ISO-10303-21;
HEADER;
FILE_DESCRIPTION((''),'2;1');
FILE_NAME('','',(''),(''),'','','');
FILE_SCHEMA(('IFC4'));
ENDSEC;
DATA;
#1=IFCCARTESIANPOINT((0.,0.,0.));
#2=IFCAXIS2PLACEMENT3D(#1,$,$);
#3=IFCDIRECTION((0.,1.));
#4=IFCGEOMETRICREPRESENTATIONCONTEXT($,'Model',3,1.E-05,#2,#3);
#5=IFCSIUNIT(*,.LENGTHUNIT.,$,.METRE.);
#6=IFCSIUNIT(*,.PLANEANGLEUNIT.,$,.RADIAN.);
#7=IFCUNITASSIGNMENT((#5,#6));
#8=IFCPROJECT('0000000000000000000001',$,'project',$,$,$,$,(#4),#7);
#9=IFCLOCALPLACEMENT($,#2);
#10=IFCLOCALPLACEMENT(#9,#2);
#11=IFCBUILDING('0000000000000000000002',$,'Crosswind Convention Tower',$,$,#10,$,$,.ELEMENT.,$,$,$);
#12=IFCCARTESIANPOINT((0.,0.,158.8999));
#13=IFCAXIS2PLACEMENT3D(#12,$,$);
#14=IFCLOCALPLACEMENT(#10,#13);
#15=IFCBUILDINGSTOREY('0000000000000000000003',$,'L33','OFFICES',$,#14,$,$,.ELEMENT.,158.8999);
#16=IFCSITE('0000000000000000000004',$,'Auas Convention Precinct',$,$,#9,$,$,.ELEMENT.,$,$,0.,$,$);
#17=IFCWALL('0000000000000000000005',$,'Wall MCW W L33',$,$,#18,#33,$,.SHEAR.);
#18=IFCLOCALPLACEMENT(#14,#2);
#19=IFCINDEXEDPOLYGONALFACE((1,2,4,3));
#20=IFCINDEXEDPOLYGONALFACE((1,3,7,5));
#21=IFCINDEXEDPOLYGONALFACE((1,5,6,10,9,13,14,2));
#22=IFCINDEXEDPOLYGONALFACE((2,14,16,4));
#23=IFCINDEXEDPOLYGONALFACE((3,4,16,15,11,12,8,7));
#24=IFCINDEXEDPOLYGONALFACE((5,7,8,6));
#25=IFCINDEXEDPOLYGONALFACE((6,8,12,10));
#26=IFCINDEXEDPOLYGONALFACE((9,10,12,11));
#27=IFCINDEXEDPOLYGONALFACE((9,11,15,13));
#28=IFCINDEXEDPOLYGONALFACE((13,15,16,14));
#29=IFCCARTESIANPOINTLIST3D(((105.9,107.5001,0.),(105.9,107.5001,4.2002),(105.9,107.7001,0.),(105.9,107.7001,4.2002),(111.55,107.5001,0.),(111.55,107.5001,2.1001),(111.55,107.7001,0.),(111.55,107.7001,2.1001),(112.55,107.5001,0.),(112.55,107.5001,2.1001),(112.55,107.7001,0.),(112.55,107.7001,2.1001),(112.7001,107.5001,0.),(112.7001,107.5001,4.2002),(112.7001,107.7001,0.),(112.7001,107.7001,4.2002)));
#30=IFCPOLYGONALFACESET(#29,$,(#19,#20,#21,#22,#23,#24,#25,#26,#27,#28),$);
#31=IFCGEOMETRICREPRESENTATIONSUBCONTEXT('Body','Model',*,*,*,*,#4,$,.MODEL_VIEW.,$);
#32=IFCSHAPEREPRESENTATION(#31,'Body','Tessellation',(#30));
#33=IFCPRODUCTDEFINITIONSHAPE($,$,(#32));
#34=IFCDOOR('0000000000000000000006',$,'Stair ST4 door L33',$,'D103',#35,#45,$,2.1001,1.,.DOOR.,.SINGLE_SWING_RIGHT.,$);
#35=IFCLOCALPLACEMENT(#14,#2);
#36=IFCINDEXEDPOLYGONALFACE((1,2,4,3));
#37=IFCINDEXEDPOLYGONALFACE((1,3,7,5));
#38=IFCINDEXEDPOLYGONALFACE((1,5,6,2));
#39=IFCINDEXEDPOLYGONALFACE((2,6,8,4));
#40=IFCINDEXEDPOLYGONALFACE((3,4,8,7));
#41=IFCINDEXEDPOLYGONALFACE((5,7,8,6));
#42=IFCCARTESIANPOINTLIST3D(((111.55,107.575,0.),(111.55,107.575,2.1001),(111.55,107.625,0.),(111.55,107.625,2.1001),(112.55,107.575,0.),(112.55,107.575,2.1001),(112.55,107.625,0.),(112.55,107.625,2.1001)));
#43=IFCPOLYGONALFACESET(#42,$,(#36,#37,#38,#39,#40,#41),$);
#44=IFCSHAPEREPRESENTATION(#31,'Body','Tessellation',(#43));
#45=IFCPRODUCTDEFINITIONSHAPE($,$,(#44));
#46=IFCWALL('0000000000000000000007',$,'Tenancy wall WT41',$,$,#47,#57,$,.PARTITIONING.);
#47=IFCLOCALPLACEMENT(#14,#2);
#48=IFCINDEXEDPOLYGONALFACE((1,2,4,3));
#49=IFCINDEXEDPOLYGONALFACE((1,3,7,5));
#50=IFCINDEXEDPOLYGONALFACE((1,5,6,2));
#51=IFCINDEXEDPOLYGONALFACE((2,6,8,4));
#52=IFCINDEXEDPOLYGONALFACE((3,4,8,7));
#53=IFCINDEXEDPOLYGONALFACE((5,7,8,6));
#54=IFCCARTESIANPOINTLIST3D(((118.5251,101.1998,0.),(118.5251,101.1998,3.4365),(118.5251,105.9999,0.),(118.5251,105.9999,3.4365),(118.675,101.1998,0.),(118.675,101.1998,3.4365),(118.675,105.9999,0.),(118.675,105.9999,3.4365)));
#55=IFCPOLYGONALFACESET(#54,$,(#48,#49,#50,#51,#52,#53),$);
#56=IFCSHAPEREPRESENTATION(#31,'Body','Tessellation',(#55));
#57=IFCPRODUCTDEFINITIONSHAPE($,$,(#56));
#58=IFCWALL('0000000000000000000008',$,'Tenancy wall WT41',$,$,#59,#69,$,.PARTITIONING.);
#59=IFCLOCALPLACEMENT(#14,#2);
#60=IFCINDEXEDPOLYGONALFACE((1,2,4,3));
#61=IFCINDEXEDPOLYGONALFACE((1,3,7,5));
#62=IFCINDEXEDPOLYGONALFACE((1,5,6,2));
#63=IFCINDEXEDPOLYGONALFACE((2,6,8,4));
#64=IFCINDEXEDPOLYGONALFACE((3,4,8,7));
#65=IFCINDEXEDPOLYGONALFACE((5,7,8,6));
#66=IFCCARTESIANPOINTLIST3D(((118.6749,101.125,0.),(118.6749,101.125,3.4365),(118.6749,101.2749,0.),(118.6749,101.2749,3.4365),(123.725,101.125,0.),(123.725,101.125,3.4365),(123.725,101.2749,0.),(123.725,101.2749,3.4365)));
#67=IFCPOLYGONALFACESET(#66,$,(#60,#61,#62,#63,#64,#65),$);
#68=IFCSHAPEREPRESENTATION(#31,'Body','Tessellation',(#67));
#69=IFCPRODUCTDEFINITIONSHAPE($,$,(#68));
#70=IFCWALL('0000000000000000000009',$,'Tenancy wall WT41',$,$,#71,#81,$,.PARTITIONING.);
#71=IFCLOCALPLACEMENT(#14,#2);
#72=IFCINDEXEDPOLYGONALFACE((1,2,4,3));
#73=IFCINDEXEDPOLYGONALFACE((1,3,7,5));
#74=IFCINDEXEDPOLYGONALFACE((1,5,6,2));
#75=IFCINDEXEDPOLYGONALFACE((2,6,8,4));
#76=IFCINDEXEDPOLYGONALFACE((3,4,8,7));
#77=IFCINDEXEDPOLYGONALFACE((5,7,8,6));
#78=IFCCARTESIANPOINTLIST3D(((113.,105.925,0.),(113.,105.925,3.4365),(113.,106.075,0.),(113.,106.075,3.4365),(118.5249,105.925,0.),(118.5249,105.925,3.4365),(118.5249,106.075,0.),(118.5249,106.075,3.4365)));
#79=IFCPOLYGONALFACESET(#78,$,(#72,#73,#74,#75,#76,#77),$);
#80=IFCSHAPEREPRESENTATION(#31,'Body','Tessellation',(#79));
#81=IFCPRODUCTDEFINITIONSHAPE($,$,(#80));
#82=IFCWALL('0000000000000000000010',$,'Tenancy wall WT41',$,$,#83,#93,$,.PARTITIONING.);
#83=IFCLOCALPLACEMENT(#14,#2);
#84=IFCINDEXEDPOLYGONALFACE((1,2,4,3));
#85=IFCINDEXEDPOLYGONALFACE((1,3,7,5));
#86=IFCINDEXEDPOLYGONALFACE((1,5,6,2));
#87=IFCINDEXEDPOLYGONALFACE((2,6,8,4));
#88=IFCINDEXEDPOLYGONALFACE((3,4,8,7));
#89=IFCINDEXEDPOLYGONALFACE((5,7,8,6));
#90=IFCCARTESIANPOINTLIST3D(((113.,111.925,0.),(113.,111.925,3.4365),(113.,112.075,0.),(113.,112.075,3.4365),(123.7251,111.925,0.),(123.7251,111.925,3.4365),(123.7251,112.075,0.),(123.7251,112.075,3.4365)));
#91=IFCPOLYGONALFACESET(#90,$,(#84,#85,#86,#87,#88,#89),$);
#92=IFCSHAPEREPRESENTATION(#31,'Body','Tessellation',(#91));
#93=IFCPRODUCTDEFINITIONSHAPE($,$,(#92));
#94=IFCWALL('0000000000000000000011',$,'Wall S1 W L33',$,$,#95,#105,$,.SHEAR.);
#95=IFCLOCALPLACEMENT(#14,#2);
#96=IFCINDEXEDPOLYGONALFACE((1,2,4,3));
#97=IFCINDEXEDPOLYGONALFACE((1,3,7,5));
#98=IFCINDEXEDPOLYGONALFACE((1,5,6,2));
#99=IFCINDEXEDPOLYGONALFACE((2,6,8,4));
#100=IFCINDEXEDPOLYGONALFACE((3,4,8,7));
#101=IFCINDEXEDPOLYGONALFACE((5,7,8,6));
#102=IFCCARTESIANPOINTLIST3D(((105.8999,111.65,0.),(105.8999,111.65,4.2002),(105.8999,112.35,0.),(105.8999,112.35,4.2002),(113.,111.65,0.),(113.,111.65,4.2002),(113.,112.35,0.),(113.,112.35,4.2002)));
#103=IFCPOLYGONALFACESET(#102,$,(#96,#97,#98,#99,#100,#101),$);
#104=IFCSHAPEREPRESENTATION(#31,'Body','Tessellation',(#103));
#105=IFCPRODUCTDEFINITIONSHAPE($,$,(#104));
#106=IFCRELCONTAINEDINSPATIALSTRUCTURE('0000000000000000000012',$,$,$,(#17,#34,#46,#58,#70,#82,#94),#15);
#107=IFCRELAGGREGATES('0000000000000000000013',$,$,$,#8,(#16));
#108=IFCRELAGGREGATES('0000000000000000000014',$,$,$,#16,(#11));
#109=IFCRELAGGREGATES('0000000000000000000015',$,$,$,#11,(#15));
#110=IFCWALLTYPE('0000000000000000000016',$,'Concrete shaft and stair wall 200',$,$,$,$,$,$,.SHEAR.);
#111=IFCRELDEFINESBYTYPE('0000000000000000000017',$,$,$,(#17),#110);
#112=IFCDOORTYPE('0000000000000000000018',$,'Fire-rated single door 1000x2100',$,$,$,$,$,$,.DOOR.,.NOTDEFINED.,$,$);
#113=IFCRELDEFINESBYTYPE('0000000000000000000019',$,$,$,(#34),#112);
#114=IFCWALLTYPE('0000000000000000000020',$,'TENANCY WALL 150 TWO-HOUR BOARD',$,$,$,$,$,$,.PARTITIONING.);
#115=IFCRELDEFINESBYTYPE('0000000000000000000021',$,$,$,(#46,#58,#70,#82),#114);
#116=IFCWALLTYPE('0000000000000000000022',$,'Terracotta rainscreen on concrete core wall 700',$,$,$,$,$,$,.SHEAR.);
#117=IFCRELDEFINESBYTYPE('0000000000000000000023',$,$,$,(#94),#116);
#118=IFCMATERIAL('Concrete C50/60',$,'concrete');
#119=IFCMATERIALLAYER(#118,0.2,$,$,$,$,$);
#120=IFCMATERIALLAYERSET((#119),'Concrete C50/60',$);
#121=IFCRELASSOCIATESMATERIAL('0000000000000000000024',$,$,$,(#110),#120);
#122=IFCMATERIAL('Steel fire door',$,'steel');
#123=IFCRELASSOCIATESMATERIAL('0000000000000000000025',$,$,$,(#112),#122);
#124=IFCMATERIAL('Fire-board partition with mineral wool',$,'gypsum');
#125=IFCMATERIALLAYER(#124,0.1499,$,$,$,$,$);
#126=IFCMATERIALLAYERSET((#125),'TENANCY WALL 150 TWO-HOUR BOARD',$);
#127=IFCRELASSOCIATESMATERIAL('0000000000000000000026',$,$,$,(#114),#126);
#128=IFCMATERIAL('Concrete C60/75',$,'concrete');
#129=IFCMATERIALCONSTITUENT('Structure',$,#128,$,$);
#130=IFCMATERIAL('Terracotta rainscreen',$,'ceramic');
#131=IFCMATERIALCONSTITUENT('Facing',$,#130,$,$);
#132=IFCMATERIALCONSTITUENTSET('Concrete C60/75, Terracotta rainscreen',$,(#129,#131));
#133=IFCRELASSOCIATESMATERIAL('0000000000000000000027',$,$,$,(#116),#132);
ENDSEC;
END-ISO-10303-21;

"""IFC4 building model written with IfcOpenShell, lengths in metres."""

from ifc_helpers import new_model, si_unit, direction, frame, frame_2d, origin, place, context, subcontext, project, spatial, rectangle, extrude, material, layer, layer_set, constituent, constituent_set, type_object, element, fill, save


model = new_model("IFC4")

# Units and contexts
model_context = context("Model", 3, precision=1e-05, world=origin(), true_north=direction((0.0, 1.0)))
body_context = subcontext(model_context, "Body", "Model", "MODEL_VIEW")
ifc_project = project(units=[si_unit("LENGTHUNIT", "METRE"), si_unit("PLANEANGLEUNIT", "RADIAN")], contexts=[model_context])

# Site, building, storey
site_placement = place(None, origin())
site = spatial("IfcSite", under=ifc_project, at=site_placement, Name="Auas Convention Precinct", CompositionType="ELEMENT", RefElevation=0.0)
building_placement = place(site_placement, origin())
building = spatial("IfcBuilding", under=site, at=building_placement, Name="Crosswind Convention Tower", CompositionType="ELEMENT")
storey_placement = place(building_placement, frame((0.0, 0.0, 158.8999)))
storey = spatial("IfcBuildingStorey", under=building, at=storey_placement, Name="L33", Description="OFFICES", CompositionType="ELEMENT", Elevation=158.8999)

# Shared definitions
ifc_material_1 = material(Name="Concrete C50/60", Category="concrete")

# Wall, opening, door
ifc_layer_1 = layer(ifc_material_1, 0.2)
ifc_layer_set_1 = layer_set([ifc_layer_1], Name="Concrete C50/60")
wall_type_1 = type_object("IfcWallType", Name="Concrete shaft and stair wall 200", PredefinedType="SHEAR", material=ifc_layer_set_1)
ifc_material_2 = material(Name="Steel fire door", Category="steel")
wall_1_placement = place(storey_placement, frame((112.7, 107.6001, 0.0), z_axis=(0.0, 0.0, 1.0), x_axis=(-1.0, 0.0, 0.0)))
wall_1 = element("IfcWall", 1, at=wall_1_placement, inside=storey, type_object=wall_type_1, Name="Wall MCW W L33", PredefinedType="SHEAR", context=body_context, shape_type="SweptSolid", body=[
    extrude(rectangle(XDim=6.8, YDim=0.2, at=frame_2d((3.3999, 0.0))), origin(), (0.0, 0.0, 1.0), 4.2002),
])
opening_1_placement = place(wall_1_placement, frame((0.1499, 0.0, 0.0)))
opening_1 = element("IfcOpeningElement", 2, at=opening_1_placement, cuts=wall_1, PredefinedType="OPENING", context=body_context, shape_type="SweptSolid", body=[
    extrude(rectangle(XDim=1.0, YDim=2.1001, at=frame_2d((0.5, 1.05))), frame((0.0, 0.1099, 0.0), z_axis=(0.0, -1.0, 0.0), x_axis=(1.0, 0.0, 0.0)), (0.0, 0.0, 1.0), 0.22),
])
door_type_1 = type_object("IfcDoorType", Name="Fire-rated single door 1000x2100", OperationType="NOTDEFINED", PredefinedType="DOOR", material=ifc_material_2)
door_1_placement = place(opening_1_placement, frame((1.0, 0.0, 0.0), z_axis=(0.0, 0.0, 1.0), x_axis=(-1.0, 0.0, 0.0)))
door_1 = element("IfcDoor", 3, at=door_1_placement, inside=storey, type_object=door_type_1, Name="Stair ST4 door L33", ObjectType="D103", OperationType="SINGLE_SWING_RIGHT", OverallHeight=2.1001, OverallWidth=1.0, PredefinedType="DOOR", context=body_context, shape_type="SweptSolid", body=[
    extrude(rectangle(XDim=1.0, YDim=2.1001, at=frame_2d((0.5, 1.05))), frame((0.0, 0.0249, 0.0), z_axis=(0.0, -1.0, 0.0), x_axis=(1.0, 0.0, 0.0)), (0.0, 0.0, 1.0), 0.05),
])
fill(opening_1, door_1)

# Walls
ifc_material_3 = material(Name="Fire-board partition with mineral wool", Category="gypsum")
ifc_layer_2 = layer(ifc_material_3, 0.1499)
ifc_layer_set_2 = layer_set([ifc_layer_2], Name="TENANCY WALL 150 TWO-HOUR BOARD")
wall_type_2 = type_object("IfcWallType", Name="TENANCY WALL 150 TWO-HOUR BOARD", PredefinedType="PARTITIONING", material=ifc_layer_set_2)
wall_2_placement = place(storey_placement, frame((118.6001, 101.2, 0.0), z_axis=(0.0, 0.0, 1.0), x_axis=(0.0, 1.0, 0.0)))
element("IfcWall", 4, at=wall_2_placement, inside=storey, type_object=wall_type_2, Name="Tenancy wall WT41", PredefinedType="PARTITIONING", context=body_context, shape_type="SweptSolid", body=[
    extrude(rectangle(XDim=4.8, YDim=0.1499, at=frame_2d((2.3999, 0.0))), origin(), (0.0, 0.0, 1.0), 3.4365),
])
wall_3_placement = place(storey_placement, frame((118.675, 101.2, 0.0), z_axis=(0.0, 0.0, 1.0), x_axis=(1.0, 0.0, 0.0)))
element("IfcWall", 5, at=wall_3_placement, inside=storey, type_object=wall_type_2, Name="Tenancy wall WT41", PredefinedType="PARTITIONING", context=body_context, shape_type="SweptSolid", body=[
    extrude(rectangle(XDim=5.05, YDim=0.1499, at=frame_2d((2.5249, 0.0))), origin(), (0.0, 0.0, 1.0), 3.4365),
])
wall_4_placement = place(storey_placement, frame((113.0, 106.0, 0.0), z_axis=(0.0, 0.0, 1.0), x_axis=(1.0, 0.0, 0.0)))
element("IfcWall", 6, at=wall_4_placement, inside=storey, type_object=wall_type_2, Name="Tenancy wall WT41", PredefinedType="PARTITIONING", context=body_context, shape_type="SweptSolid", body=[
    extrude(rectangle(XDim=5.5249, YDim=0.1499, at=frame_2d((2.7625, 0.0))), origin(), (0.0, 0.0, 1.0), 3.4365),
])
wall_5_placement = place(storey_placement, frame((113.0, 112.0, 0.0), z_axis=(0.0, 0.0, 1.0), x_axis=(1.0, 0.0, 0.0)))
element("IfcWall", 7, at=wall_5_placement, inside=storey, type_object=wall_type_2, Name="Tenancy wall WT41", PredefinedType="PARTITIONING", context=body_context, shape_type="SweptSolid", body=[
    extrude(rectangle(XDim=10.7251, YDim=0.1499, at=frame_2d((5.3625, 0.0))), origin(), (0.0, 0.0, 1.0), 3.4365),
])
ifc_material_4 = material(Name="Concrete C60/75", Category="concrete")
ifc_constituent_1 = constituent(ifc_material_4, Name="Structure")
ifc_material_5 = material(Name="Terracotta rainscreen", Category="ceramic")
ifc_constituent_2 = constituent(ifc_material_5, Name="Facing")
ifc_constituent_set = constituent_set(constituents=[ifc_constituent_1, ifc_constituent_2], Name="Concrete C60/75, Terracotta rainscreen")
wall_type_3 = type_object("IfcWallType", Name="Terracotta rainscreen on concrete core wall 700", PredefinedType="SHEAR", material=ifc_constituent_set)
wall_6_placement = place(storey_placement, frame((113.0, 112.0, 0.0), z_axis=(0.0, 0.0, 1.0), x_axis=(-1.0, 0.0, 0.0)))
element("IfcWall", 8, at=wall_6_placement, inside=storey, type_object=wall_type_3, Name="Wall S1 W L33", PredefinedType="SHEAR", context=body_context, shape_type="SweptSolid", body=[
    extrude(rectangle(XDim=7.1001, YDim=0.7, at=frame_2d((3.55, 0.0))), origin(), (0.0, 0.0, 1.0), 4.2002),
])

save(model, "model.ifc")
